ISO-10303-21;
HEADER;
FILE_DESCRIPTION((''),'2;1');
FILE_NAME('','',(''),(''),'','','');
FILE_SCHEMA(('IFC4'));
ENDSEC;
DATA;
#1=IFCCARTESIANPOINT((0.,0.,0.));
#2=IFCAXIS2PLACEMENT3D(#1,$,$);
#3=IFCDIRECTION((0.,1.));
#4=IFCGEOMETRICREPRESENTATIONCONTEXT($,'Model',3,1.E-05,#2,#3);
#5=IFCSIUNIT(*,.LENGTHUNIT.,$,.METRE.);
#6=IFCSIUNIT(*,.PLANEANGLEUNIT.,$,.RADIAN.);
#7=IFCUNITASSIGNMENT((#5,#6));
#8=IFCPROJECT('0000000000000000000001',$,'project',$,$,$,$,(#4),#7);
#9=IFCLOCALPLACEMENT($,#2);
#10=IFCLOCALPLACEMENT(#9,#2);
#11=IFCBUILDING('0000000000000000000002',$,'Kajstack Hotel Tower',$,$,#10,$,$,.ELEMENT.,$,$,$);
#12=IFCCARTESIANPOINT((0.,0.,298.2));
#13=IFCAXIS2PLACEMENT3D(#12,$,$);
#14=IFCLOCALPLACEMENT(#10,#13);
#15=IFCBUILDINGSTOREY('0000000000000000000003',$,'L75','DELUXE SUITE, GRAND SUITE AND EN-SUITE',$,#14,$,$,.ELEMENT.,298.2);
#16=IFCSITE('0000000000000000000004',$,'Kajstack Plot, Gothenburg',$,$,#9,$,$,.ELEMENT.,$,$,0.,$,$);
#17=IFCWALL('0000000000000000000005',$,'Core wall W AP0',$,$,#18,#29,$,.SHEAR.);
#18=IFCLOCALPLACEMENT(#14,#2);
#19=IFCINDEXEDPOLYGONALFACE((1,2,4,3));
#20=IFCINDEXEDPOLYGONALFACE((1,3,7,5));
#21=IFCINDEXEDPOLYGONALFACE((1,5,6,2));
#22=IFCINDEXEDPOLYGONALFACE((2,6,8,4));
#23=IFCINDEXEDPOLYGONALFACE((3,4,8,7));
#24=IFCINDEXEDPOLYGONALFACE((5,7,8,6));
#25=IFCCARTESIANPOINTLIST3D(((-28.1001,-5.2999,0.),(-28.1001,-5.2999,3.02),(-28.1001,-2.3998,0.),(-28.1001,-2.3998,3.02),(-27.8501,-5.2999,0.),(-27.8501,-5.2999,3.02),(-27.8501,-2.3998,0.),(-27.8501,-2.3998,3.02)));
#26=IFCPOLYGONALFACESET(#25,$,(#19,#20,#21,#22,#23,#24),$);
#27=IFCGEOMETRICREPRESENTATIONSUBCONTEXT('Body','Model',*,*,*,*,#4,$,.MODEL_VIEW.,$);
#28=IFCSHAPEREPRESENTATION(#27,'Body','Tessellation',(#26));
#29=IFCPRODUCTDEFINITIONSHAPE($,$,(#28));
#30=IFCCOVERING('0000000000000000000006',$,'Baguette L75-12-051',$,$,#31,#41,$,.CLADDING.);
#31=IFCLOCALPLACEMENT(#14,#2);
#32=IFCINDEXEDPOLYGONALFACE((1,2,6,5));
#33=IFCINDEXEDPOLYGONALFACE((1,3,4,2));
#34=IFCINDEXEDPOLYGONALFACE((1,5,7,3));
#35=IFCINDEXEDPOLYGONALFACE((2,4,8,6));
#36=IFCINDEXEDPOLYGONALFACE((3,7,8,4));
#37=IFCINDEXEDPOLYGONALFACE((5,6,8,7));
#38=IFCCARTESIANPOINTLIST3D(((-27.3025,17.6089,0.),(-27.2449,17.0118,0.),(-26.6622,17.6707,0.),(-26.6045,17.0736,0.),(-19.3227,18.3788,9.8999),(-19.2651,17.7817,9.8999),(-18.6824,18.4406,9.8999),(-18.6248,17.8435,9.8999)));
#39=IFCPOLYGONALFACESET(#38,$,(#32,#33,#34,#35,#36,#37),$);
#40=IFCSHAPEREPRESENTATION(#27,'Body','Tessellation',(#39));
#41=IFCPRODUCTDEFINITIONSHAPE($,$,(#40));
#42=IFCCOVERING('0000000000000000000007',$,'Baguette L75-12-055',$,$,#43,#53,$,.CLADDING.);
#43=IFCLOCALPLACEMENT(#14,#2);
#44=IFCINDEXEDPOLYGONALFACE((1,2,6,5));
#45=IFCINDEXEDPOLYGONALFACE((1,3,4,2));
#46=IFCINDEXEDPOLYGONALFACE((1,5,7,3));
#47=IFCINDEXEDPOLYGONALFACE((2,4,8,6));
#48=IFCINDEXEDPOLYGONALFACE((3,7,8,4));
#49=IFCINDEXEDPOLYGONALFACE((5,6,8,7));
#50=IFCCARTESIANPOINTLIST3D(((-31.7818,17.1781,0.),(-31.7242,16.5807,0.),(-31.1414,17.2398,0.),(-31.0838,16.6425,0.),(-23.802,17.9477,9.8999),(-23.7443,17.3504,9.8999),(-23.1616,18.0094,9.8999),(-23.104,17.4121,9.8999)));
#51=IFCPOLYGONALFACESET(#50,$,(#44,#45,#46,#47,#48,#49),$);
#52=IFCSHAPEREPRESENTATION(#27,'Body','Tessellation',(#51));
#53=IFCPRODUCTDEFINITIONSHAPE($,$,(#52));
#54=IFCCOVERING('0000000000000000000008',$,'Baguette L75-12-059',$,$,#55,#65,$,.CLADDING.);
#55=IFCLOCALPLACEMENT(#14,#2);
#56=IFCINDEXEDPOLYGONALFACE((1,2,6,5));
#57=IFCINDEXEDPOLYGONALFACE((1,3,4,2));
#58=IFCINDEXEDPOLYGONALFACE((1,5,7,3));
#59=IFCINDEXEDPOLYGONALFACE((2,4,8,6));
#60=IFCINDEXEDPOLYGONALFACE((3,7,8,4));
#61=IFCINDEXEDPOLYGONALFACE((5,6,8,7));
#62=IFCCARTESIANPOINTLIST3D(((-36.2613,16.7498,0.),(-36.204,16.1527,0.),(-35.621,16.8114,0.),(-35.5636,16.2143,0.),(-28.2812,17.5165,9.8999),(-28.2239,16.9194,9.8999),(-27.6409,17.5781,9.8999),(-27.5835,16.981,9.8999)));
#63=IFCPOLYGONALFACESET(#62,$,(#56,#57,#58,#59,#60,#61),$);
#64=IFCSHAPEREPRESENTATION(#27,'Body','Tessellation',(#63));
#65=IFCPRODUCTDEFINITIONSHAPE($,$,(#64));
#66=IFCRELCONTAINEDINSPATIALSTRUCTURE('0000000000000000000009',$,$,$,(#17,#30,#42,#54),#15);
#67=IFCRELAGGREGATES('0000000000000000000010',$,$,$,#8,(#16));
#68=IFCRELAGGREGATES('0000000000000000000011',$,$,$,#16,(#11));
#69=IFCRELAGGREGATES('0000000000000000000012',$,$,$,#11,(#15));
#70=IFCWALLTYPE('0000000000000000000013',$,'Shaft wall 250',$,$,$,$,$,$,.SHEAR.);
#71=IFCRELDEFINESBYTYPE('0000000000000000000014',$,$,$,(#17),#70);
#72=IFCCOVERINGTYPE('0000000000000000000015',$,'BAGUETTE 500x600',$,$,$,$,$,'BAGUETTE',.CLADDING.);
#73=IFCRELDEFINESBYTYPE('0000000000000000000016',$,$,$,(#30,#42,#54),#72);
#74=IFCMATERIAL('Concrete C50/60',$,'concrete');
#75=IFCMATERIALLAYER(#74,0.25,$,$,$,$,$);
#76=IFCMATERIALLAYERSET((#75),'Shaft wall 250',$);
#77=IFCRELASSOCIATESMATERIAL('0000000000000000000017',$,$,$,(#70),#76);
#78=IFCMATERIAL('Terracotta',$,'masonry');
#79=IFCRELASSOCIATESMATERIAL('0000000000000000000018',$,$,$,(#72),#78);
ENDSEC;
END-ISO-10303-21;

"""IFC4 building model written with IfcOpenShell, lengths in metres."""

from ifc_helpers import new_model, si_unit, direction, frame, frame_2d, origin, origin_2d, place, context, subcontext, project, spatial, polyline, rectangle, outline, extrude, material, layer, layer_set, material_profile, profile_set, type_object, element, save


model = new_model("IFC4")

# Units and contexts
model_context = context("Model", 3, precision=1e-05, world=origin(), true_north=direction((0.0, 1.0)))
body_context = subcontext(model_context, "Body", "Model", "MODEL_VIEW")
ifc_project = project(units=[si_unit("LENGTHUNIT", "METRE"), si_unit("PLANEANGLEUNIT", "RADIAN")], contexts=[model_context])

# Site, building, storey
site_placement = place(None, origin())
site = spatial("IfcSite", under=ifc_project, at=site_placement, Name="Kajstack Plot, Gothenburg", CompositionType="ELEMENT", RefElevation=0.0)
building_placement = place(site_placement, origin())
building = spatial("IfcBuilding", under=site, at=building_placement, Name="Kajstack Hotel Tower", CompositionType="ELEMENT")
storey_placement = place(building_placement, frame((0.0, 0.0, 298.2)))
storey = spatial("IfcBuildingStorey", under=building, at=storey_placement, Name="L75", Description="DELUXE SUITE, GRAND SUITE AND EN-SUITE", CompositionType="ELEMENT", Elevation=298.2)

# Wall
ifc_material_1 = material(Name="Concrete C50/60", Category="concrete")
ifc_layer_1 = layer(ifc_material_1, 0.25)
ifc_layer_set_1 = layer_set([ifc_layer_1], Name="Shaft wall 250")
wall_type_1 = type_object("IfcWallType", Name="Shaft wall 250", PredefinedType="SHEAR", material=ifc_layer_set_1)
wall_1_placement = place(storey_placement, frame((-27.9751, -5.3, 0.0), z_axis=(0.0, 0.0, 1.0), x_axis=(0.0, 1.0, 0.0)))
element("IfcWall", 1, at=wall_1_placement, inside=storey, type_object=wall_type_1, Name="Core wall W AP0", PredefinedType="SHEAR", context=body_context, shape_type="SweptSolid", body=[
    extrude(rectangle(XDim=2.9001, YDim=0.25, at=frame_2d((1.4502, 0.0))), origin(), (0.0, 0.0, 1.0), 3.02),
])

# Coverings
ifc_material_2 = material(Name="Terracotta", Category="masonry")
ifc_material_profile = material_profile(ifc_material_2, rectangle(XDim=0.6001, YDim=0.5, at=origin_2d()), Name="Terracotta-clad concrete baguette 500 x 600")
ifc_profile_set = profile_set([ifc_material_profile], Name="Terracotta")
covering_type = type_object("IfcCoveringType", Name="BAGUETTE 500x600", ElementType="BAGUETTE", PredefinedType="CLADDING", material=ifc_profile_set)
covering_1_placement = place(storey_placement, frame((-18.6248, 17.8435, 0.0), z_axis=(-0.096038, 0.995378, 0.0), x_axis=(-0.995378, -0.096038, 0.0)))
element("IfcCovering", 2, at=covering_1_placement, inside=storey, type_object=covering_type, Name="Baguette L75-12-051", PredefinedType="CLADDING", context=body_context, shape_type="SweptSolid", body=[
    extrude(outline(polyline([(0.0, 9.8999), (8.0168, 0.0), (8.6602, 0.0), (0.6433, 9.8999), (0.0, 9.8999)])), origin(), (0.0, 0.0, 1.0), 0.5999),
])
covering_2_placement = place(storey_placement, frame((-23.104, 17.4121, 0.0), z_axis=(-0.095999, 0.995381, 0.0), x_axis=(-0.995381, -0.095999, 0.0)))
element("IfcCovering", 3, at=covering_2_placement, inside=storey, type_object=covering_type, Name="Baguette L75-12-055", PredefinedType="CLADDING", context=body_context, shape_type="SweptSolid", body=[
    extrude(outline(polyline([(0.0, 9.8999), (8.0168, 0.0), (8.6602, 0.0), (0.6433, 9.8999), (0.0, 9.8999)])), origin(), (0.0, 0.0, 1.0), 0.6001),
])
covering_3_placement = place(storey_placement, frame((-27.5835, 16.981, 0.0), z_axis=(-0.095635, 0.995416, 0.0), x_axis=(-0.995416, -0.095635, 0.0)))
element("IfcCovering", 4, at=covering_3_placement, inside=storey, type_object=covering_type, Name="Baguette L75-12-059", PredefinedType="CLADDING", context=body_context, shape_type="SweptSolid", body=[
    extrude(outline(polyline([(0.0, 9.8999), (8.0168, 0.0), (8.6602, 0.0), (0.6433, 9.8999), (0.0, 9.8999)])), origin(), (0.0, 0.0, 1.0), 0.5999),
])

save(model, "model.ifc")
